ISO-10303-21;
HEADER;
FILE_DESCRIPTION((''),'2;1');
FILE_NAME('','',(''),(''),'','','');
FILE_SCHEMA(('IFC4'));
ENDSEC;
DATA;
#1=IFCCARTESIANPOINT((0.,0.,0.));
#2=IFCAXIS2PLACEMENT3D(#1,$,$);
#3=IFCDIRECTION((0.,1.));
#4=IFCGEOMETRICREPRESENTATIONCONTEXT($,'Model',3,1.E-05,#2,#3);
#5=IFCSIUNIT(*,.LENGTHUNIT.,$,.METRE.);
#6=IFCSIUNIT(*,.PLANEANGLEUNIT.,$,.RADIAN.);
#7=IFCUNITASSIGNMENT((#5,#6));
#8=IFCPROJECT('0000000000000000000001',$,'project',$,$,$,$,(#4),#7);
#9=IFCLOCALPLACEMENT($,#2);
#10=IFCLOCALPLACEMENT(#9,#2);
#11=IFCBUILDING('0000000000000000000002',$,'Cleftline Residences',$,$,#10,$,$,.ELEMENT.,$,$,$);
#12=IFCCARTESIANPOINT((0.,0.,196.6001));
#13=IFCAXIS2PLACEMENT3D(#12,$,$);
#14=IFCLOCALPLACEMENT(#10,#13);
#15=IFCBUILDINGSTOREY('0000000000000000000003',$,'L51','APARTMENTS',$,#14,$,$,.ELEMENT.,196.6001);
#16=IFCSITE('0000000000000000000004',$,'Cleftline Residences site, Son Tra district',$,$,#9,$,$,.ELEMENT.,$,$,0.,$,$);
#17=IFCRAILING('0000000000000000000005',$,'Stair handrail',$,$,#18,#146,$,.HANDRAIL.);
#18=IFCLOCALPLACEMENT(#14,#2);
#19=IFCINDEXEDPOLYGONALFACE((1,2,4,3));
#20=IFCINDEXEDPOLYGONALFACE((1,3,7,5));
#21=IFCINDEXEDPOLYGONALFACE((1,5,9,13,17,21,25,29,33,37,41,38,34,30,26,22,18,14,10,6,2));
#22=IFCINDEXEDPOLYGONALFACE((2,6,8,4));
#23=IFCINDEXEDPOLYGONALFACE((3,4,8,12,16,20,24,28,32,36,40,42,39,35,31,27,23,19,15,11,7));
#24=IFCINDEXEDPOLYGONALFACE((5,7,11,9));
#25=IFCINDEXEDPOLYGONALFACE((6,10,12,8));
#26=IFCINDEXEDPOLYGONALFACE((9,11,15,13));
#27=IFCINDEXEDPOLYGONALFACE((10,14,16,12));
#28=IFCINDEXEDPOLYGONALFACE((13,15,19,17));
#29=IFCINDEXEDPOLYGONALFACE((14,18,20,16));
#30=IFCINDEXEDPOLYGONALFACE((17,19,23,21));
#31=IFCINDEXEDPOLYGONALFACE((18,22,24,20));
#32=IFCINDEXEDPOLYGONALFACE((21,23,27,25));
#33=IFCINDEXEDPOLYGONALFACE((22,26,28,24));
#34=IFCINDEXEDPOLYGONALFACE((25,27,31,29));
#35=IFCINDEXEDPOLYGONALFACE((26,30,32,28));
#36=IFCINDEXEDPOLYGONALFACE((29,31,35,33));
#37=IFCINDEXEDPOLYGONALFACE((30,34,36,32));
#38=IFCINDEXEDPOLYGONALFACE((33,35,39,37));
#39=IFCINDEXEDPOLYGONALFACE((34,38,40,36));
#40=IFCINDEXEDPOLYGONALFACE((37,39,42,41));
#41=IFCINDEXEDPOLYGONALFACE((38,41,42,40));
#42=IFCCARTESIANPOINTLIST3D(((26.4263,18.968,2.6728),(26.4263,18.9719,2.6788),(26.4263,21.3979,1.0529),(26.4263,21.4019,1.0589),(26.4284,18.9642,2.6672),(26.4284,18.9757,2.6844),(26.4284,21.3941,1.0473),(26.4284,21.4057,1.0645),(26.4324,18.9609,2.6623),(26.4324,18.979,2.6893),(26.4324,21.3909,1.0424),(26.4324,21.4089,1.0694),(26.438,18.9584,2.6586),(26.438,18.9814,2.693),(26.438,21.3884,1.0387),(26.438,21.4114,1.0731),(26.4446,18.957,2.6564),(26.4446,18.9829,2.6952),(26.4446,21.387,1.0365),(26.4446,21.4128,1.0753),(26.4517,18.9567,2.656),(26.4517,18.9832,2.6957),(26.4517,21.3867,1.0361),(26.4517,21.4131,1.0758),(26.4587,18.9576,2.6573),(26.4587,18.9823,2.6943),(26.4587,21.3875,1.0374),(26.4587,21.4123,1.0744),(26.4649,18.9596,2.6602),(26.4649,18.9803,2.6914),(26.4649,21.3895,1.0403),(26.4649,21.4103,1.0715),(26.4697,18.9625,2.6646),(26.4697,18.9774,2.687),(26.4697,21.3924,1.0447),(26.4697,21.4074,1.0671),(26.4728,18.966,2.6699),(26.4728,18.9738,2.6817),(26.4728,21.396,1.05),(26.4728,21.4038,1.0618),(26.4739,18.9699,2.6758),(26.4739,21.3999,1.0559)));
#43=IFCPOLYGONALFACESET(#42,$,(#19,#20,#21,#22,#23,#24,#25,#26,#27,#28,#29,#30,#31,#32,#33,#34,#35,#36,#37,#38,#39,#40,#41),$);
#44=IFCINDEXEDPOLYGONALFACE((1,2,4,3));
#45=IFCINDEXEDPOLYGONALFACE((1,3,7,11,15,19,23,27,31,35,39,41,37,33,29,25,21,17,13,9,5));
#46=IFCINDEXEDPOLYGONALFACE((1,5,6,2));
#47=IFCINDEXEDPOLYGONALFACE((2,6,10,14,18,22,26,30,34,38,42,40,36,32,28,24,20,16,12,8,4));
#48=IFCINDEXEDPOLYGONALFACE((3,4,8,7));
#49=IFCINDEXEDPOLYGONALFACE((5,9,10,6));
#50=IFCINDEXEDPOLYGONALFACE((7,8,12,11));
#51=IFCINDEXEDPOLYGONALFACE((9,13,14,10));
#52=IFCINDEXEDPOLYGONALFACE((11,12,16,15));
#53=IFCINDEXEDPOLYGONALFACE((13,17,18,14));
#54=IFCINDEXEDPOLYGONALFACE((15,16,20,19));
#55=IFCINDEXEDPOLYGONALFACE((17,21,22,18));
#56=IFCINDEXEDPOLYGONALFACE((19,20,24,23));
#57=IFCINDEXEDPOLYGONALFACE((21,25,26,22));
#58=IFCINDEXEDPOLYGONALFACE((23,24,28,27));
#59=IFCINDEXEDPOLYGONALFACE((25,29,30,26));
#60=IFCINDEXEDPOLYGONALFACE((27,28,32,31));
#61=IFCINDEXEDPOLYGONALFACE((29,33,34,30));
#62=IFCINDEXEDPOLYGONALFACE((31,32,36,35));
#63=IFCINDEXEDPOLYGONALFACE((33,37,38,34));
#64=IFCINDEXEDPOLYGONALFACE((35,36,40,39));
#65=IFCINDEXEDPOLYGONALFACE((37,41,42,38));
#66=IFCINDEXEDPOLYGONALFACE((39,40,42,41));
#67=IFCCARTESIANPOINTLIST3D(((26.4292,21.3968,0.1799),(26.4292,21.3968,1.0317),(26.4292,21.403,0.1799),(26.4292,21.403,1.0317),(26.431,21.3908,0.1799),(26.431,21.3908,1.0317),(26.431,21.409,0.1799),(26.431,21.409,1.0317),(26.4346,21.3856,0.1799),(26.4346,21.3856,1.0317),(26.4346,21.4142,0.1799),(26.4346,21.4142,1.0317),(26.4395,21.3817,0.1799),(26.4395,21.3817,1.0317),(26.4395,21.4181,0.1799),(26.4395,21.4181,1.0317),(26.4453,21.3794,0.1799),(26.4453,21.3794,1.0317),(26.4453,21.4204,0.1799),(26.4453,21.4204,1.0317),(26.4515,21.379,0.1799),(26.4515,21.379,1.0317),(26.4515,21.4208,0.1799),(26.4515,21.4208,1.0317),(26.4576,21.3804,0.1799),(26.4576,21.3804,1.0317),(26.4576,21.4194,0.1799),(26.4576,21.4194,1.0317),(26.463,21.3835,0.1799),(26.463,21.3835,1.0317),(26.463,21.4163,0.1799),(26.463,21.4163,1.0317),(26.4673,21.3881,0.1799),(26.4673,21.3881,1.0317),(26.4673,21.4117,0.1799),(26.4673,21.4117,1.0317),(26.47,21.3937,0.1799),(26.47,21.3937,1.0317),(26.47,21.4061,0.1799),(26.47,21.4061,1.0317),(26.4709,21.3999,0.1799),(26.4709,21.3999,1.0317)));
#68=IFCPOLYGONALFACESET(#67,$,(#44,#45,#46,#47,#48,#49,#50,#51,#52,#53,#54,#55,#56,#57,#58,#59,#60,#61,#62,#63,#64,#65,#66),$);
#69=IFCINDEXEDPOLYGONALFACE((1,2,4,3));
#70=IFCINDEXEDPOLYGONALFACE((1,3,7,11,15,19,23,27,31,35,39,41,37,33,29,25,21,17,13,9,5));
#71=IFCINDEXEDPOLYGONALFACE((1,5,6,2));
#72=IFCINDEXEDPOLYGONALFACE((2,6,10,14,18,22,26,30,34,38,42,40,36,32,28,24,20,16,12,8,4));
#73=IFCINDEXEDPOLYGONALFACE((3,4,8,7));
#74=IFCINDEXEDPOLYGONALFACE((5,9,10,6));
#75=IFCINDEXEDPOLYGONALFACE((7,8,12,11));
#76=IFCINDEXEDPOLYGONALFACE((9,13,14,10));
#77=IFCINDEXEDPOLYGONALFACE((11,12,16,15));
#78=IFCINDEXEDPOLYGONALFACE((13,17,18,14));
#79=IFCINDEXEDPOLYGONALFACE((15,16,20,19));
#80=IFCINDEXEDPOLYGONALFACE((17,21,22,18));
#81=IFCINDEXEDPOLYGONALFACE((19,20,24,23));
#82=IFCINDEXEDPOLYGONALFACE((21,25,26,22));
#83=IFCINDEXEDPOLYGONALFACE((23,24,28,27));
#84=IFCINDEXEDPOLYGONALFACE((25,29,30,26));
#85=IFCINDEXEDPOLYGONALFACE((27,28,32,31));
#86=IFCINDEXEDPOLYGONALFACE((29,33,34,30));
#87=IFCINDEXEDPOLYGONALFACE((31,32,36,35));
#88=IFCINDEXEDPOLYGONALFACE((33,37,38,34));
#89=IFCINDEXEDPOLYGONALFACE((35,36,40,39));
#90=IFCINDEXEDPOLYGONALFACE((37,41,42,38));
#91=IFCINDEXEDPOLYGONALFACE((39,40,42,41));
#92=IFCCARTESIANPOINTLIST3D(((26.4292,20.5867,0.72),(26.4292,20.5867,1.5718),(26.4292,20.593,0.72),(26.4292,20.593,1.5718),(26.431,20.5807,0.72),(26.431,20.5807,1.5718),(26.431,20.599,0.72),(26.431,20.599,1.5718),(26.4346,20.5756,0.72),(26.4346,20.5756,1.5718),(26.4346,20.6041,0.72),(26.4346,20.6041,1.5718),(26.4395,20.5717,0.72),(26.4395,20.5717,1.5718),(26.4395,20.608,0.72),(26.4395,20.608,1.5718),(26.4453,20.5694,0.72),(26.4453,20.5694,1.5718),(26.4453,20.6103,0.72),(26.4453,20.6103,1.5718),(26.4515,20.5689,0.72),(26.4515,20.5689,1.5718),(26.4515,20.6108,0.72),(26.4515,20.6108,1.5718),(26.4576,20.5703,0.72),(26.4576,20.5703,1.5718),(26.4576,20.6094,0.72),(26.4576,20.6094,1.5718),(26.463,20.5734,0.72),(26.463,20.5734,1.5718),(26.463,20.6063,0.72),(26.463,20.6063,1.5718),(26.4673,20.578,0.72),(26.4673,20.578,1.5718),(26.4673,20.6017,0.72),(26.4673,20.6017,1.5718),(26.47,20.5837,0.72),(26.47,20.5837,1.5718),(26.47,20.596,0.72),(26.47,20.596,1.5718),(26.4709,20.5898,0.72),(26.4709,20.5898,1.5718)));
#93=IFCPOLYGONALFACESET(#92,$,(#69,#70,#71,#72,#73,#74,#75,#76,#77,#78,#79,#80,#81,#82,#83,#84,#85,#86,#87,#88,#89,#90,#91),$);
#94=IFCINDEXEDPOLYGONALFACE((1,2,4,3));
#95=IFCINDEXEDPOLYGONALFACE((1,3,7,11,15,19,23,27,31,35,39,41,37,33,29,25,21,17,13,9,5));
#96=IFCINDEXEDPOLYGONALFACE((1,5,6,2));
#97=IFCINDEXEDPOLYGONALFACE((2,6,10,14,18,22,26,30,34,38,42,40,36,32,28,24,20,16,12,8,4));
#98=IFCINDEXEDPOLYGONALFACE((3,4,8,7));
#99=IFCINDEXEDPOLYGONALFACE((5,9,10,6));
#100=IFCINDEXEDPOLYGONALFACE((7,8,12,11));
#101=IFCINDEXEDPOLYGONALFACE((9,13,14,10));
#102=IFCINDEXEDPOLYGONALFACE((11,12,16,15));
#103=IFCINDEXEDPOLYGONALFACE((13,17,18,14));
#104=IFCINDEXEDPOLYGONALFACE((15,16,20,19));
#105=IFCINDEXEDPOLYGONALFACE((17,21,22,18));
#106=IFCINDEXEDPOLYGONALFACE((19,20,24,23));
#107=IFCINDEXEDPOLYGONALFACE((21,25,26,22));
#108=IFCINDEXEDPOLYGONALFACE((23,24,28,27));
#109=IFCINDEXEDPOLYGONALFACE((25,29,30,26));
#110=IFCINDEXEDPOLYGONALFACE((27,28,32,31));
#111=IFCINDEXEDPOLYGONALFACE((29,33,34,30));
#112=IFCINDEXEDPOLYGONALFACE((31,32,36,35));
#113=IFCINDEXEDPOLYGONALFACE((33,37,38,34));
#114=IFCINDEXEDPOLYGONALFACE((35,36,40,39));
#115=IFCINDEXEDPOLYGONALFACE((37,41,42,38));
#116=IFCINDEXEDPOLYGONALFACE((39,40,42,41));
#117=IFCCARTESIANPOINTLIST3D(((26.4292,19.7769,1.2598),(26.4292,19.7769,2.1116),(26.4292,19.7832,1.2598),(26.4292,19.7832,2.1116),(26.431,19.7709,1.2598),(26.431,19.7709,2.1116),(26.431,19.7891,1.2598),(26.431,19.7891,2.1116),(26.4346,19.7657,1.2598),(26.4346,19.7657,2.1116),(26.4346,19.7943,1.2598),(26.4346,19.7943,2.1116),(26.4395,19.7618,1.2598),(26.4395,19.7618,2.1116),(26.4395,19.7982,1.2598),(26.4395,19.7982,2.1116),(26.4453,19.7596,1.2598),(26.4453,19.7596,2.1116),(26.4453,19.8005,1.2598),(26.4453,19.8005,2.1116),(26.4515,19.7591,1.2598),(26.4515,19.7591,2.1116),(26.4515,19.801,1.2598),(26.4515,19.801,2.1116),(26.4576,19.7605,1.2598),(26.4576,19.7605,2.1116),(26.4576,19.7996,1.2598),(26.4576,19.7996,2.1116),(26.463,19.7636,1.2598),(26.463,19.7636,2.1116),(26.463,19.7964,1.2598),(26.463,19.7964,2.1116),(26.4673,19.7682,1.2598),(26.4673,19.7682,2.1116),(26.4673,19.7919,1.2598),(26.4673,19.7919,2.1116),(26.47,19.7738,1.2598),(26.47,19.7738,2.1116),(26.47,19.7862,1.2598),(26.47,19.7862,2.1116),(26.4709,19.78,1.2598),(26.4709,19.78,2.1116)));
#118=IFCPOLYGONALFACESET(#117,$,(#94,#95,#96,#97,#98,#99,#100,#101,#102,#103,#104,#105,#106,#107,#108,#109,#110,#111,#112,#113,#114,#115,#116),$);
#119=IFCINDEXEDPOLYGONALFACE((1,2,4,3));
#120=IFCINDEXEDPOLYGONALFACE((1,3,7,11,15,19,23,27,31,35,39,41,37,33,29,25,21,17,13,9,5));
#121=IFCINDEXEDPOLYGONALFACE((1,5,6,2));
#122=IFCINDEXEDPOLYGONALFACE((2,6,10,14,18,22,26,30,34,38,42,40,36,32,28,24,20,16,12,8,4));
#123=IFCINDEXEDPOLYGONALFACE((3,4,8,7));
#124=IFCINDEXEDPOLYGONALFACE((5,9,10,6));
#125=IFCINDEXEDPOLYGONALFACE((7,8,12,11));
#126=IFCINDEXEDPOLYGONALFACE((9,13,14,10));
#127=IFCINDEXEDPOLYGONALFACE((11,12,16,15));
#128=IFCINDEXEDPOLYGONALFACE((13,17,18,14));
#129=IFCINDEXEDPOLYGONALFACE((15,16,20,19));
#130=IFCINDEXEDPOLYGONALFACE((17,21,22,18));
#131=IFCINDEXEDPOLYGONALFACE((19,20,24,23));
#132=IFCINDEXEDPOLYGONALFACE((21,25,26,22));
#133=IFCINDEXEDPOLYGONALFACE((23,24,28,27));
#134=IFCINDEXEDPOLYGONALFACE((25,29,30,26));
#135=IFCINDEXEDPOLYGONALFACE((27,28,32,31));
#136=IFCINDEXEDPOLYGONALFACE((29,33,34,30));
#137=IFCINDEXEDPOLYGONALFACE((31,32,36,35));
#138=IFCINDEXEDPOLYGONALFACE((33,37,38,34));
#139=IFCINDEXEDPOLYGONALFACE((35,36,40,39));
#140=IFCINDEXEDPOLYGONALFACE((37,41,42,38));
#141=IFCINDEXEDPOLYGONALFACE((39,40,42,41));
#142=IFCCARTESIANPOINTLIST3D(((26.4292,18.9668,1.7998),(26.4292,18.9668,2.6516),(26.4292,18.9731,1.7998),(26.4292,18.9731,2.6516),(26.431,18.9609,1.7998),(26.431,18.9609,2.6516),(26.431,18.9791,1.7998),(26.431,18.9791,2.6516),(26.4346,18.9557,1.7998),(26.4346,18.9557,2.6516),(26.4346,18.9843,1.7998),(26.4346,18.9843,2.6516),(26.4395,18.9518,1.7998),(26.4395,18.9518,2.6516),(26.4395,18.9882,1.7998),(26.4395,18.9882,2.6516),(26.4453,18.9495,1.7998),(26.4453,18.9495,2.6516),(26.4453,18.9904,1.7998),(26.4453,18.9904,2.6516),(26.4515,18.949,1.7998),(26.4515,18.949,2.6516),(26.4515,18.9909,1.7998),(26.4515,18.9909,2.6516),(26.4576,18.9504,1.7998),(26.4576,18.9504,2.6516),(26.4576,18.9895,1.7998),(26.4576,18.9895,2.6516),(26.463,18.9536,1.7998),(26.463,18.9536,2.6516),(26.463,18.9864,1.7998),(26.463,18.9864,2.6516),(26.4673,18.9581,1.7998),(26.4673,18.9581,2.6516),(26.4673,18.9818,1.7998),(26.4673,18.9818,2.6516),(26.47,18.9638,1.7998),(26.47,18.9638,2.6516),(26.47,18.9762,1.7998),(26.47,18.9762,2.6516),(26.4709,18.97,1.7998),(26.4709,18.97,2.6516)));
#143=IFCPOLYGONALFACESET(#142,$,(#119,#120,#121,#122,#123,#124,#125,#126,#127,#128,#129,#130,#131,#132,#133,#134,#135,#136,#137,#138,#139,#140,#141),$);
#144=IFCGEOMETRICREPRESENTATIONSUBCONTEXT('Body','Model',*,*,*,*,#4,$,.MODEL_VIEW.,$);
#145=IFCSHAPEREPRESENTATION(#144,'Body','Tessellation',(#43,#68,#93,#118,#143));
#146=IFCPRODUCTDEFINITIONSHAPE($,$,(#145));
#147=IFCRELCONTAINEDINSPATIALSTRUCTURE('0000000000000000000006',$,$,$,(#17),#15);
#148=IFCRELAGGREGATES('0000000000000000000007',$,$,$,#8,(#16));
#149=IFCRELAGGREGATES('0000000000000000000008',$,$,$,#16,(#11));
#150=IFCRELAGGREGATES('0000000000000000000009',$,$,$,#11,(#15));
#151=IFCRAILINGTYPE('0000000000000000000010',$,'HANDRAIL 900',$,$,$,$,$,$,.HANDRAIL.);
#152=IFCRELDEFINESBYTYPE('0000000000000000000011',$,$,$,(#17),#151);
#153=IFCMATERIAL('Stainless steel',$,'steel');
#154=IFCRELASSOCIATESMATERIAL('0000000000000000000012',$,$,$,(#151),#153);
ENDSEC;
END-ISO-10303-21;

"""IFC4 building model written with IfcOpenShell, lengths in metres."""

from ifc_helpers import new_model, si_unit, direction, frame, origin, origin_2d, place, context, subcontext, project, spatial, circle, extrude, material, type_object, element, save


model = new_model("IFC4")

# Units and contexts
model_context = context("Model", 3, precision=1e-05, world=origin(), true_north=direction((0.0, 1.0)))
body_context = subcontext(model_context, "Body", "Model", "MODEL_VIEW")
ifc_project = project(units=[si_unit("LENGTHUNIT", "METRE"), si_unit("PLANEANGLEUNIT", "RADIAN")], contexts=[model_context])

# Site, building, storey
site_placement = place(None, origin())
site = spatial("IfcSite", under=ifc_project, at=site_placement, Name="Cleftline Residences site, Son Tra district", CompositionType="ELEMENT", RefElevation=0.0)
building_placement = place(site_placement, origin())
building = spatial("IfcBuilding", under=site, at=building_placement, Name="Cleftline Residences", CompositionType="ELEMENT")
storey_placement = place(building_placement, frame((0.0, 0.0, 196.6001)))
storey = spatial("IfcBuildingStorey", under=building, at=storey_placement, Name="L51", Description="APARTMENTS", CompositionType="ELEMENT", Elevation=196.6001)

# Railing
ifc_material_1 = material(Name="Stainless steel", Category="steel")
railing_type = type_object("IfcRailingType", Name="HANDRAIL 900", PredefinedType="HANDRAIL", material=ifc_material_1)
railing_1_placement = place(storey_placement, frame((26.45, 21.3999, 0.1799)))
element("IfcRailing", 1, at=railing_1_placement, inside=storey, type_object=railing_type, Name="Stair handrail", PredefinedType="HANDRAIL", context=body_context, shape_type="SweptSolid", body=[
    extrude(circle(Radius=0.0239, at=origin_2d()), frame((0.0, 0.0, 0.876), z_axis=(0.0, -0.832063, 0.554681), x_axis=(1.0, 0.0, 0.0)), (0.0, 0.0, 1.0), 2.9204),
    extrude(circle(Radius=0.021, at=origin_2d()), origin(), (0.0, 0.0, 1.0), 0.8518),
    extrude(circle(Radius=0.021, at=origin_2d()), frame((0.0, -0.8101, 0.54)), (0.0, 0.0, 1.0), 0.8518),
    extrude(circle(Radius=0.021, at=origin_2d()), frame((0.0, -1.6199, 1.0798)), (0.0, 0.0, 1.0), 0.8518),
    extrude(circle(Radius=0.021, at=origin_2d()), frame((0.0, -2.4299, 1.6199)), (0.0, 0.0, 1.0), 0.8518),
])

save(model, "model.ifc")
